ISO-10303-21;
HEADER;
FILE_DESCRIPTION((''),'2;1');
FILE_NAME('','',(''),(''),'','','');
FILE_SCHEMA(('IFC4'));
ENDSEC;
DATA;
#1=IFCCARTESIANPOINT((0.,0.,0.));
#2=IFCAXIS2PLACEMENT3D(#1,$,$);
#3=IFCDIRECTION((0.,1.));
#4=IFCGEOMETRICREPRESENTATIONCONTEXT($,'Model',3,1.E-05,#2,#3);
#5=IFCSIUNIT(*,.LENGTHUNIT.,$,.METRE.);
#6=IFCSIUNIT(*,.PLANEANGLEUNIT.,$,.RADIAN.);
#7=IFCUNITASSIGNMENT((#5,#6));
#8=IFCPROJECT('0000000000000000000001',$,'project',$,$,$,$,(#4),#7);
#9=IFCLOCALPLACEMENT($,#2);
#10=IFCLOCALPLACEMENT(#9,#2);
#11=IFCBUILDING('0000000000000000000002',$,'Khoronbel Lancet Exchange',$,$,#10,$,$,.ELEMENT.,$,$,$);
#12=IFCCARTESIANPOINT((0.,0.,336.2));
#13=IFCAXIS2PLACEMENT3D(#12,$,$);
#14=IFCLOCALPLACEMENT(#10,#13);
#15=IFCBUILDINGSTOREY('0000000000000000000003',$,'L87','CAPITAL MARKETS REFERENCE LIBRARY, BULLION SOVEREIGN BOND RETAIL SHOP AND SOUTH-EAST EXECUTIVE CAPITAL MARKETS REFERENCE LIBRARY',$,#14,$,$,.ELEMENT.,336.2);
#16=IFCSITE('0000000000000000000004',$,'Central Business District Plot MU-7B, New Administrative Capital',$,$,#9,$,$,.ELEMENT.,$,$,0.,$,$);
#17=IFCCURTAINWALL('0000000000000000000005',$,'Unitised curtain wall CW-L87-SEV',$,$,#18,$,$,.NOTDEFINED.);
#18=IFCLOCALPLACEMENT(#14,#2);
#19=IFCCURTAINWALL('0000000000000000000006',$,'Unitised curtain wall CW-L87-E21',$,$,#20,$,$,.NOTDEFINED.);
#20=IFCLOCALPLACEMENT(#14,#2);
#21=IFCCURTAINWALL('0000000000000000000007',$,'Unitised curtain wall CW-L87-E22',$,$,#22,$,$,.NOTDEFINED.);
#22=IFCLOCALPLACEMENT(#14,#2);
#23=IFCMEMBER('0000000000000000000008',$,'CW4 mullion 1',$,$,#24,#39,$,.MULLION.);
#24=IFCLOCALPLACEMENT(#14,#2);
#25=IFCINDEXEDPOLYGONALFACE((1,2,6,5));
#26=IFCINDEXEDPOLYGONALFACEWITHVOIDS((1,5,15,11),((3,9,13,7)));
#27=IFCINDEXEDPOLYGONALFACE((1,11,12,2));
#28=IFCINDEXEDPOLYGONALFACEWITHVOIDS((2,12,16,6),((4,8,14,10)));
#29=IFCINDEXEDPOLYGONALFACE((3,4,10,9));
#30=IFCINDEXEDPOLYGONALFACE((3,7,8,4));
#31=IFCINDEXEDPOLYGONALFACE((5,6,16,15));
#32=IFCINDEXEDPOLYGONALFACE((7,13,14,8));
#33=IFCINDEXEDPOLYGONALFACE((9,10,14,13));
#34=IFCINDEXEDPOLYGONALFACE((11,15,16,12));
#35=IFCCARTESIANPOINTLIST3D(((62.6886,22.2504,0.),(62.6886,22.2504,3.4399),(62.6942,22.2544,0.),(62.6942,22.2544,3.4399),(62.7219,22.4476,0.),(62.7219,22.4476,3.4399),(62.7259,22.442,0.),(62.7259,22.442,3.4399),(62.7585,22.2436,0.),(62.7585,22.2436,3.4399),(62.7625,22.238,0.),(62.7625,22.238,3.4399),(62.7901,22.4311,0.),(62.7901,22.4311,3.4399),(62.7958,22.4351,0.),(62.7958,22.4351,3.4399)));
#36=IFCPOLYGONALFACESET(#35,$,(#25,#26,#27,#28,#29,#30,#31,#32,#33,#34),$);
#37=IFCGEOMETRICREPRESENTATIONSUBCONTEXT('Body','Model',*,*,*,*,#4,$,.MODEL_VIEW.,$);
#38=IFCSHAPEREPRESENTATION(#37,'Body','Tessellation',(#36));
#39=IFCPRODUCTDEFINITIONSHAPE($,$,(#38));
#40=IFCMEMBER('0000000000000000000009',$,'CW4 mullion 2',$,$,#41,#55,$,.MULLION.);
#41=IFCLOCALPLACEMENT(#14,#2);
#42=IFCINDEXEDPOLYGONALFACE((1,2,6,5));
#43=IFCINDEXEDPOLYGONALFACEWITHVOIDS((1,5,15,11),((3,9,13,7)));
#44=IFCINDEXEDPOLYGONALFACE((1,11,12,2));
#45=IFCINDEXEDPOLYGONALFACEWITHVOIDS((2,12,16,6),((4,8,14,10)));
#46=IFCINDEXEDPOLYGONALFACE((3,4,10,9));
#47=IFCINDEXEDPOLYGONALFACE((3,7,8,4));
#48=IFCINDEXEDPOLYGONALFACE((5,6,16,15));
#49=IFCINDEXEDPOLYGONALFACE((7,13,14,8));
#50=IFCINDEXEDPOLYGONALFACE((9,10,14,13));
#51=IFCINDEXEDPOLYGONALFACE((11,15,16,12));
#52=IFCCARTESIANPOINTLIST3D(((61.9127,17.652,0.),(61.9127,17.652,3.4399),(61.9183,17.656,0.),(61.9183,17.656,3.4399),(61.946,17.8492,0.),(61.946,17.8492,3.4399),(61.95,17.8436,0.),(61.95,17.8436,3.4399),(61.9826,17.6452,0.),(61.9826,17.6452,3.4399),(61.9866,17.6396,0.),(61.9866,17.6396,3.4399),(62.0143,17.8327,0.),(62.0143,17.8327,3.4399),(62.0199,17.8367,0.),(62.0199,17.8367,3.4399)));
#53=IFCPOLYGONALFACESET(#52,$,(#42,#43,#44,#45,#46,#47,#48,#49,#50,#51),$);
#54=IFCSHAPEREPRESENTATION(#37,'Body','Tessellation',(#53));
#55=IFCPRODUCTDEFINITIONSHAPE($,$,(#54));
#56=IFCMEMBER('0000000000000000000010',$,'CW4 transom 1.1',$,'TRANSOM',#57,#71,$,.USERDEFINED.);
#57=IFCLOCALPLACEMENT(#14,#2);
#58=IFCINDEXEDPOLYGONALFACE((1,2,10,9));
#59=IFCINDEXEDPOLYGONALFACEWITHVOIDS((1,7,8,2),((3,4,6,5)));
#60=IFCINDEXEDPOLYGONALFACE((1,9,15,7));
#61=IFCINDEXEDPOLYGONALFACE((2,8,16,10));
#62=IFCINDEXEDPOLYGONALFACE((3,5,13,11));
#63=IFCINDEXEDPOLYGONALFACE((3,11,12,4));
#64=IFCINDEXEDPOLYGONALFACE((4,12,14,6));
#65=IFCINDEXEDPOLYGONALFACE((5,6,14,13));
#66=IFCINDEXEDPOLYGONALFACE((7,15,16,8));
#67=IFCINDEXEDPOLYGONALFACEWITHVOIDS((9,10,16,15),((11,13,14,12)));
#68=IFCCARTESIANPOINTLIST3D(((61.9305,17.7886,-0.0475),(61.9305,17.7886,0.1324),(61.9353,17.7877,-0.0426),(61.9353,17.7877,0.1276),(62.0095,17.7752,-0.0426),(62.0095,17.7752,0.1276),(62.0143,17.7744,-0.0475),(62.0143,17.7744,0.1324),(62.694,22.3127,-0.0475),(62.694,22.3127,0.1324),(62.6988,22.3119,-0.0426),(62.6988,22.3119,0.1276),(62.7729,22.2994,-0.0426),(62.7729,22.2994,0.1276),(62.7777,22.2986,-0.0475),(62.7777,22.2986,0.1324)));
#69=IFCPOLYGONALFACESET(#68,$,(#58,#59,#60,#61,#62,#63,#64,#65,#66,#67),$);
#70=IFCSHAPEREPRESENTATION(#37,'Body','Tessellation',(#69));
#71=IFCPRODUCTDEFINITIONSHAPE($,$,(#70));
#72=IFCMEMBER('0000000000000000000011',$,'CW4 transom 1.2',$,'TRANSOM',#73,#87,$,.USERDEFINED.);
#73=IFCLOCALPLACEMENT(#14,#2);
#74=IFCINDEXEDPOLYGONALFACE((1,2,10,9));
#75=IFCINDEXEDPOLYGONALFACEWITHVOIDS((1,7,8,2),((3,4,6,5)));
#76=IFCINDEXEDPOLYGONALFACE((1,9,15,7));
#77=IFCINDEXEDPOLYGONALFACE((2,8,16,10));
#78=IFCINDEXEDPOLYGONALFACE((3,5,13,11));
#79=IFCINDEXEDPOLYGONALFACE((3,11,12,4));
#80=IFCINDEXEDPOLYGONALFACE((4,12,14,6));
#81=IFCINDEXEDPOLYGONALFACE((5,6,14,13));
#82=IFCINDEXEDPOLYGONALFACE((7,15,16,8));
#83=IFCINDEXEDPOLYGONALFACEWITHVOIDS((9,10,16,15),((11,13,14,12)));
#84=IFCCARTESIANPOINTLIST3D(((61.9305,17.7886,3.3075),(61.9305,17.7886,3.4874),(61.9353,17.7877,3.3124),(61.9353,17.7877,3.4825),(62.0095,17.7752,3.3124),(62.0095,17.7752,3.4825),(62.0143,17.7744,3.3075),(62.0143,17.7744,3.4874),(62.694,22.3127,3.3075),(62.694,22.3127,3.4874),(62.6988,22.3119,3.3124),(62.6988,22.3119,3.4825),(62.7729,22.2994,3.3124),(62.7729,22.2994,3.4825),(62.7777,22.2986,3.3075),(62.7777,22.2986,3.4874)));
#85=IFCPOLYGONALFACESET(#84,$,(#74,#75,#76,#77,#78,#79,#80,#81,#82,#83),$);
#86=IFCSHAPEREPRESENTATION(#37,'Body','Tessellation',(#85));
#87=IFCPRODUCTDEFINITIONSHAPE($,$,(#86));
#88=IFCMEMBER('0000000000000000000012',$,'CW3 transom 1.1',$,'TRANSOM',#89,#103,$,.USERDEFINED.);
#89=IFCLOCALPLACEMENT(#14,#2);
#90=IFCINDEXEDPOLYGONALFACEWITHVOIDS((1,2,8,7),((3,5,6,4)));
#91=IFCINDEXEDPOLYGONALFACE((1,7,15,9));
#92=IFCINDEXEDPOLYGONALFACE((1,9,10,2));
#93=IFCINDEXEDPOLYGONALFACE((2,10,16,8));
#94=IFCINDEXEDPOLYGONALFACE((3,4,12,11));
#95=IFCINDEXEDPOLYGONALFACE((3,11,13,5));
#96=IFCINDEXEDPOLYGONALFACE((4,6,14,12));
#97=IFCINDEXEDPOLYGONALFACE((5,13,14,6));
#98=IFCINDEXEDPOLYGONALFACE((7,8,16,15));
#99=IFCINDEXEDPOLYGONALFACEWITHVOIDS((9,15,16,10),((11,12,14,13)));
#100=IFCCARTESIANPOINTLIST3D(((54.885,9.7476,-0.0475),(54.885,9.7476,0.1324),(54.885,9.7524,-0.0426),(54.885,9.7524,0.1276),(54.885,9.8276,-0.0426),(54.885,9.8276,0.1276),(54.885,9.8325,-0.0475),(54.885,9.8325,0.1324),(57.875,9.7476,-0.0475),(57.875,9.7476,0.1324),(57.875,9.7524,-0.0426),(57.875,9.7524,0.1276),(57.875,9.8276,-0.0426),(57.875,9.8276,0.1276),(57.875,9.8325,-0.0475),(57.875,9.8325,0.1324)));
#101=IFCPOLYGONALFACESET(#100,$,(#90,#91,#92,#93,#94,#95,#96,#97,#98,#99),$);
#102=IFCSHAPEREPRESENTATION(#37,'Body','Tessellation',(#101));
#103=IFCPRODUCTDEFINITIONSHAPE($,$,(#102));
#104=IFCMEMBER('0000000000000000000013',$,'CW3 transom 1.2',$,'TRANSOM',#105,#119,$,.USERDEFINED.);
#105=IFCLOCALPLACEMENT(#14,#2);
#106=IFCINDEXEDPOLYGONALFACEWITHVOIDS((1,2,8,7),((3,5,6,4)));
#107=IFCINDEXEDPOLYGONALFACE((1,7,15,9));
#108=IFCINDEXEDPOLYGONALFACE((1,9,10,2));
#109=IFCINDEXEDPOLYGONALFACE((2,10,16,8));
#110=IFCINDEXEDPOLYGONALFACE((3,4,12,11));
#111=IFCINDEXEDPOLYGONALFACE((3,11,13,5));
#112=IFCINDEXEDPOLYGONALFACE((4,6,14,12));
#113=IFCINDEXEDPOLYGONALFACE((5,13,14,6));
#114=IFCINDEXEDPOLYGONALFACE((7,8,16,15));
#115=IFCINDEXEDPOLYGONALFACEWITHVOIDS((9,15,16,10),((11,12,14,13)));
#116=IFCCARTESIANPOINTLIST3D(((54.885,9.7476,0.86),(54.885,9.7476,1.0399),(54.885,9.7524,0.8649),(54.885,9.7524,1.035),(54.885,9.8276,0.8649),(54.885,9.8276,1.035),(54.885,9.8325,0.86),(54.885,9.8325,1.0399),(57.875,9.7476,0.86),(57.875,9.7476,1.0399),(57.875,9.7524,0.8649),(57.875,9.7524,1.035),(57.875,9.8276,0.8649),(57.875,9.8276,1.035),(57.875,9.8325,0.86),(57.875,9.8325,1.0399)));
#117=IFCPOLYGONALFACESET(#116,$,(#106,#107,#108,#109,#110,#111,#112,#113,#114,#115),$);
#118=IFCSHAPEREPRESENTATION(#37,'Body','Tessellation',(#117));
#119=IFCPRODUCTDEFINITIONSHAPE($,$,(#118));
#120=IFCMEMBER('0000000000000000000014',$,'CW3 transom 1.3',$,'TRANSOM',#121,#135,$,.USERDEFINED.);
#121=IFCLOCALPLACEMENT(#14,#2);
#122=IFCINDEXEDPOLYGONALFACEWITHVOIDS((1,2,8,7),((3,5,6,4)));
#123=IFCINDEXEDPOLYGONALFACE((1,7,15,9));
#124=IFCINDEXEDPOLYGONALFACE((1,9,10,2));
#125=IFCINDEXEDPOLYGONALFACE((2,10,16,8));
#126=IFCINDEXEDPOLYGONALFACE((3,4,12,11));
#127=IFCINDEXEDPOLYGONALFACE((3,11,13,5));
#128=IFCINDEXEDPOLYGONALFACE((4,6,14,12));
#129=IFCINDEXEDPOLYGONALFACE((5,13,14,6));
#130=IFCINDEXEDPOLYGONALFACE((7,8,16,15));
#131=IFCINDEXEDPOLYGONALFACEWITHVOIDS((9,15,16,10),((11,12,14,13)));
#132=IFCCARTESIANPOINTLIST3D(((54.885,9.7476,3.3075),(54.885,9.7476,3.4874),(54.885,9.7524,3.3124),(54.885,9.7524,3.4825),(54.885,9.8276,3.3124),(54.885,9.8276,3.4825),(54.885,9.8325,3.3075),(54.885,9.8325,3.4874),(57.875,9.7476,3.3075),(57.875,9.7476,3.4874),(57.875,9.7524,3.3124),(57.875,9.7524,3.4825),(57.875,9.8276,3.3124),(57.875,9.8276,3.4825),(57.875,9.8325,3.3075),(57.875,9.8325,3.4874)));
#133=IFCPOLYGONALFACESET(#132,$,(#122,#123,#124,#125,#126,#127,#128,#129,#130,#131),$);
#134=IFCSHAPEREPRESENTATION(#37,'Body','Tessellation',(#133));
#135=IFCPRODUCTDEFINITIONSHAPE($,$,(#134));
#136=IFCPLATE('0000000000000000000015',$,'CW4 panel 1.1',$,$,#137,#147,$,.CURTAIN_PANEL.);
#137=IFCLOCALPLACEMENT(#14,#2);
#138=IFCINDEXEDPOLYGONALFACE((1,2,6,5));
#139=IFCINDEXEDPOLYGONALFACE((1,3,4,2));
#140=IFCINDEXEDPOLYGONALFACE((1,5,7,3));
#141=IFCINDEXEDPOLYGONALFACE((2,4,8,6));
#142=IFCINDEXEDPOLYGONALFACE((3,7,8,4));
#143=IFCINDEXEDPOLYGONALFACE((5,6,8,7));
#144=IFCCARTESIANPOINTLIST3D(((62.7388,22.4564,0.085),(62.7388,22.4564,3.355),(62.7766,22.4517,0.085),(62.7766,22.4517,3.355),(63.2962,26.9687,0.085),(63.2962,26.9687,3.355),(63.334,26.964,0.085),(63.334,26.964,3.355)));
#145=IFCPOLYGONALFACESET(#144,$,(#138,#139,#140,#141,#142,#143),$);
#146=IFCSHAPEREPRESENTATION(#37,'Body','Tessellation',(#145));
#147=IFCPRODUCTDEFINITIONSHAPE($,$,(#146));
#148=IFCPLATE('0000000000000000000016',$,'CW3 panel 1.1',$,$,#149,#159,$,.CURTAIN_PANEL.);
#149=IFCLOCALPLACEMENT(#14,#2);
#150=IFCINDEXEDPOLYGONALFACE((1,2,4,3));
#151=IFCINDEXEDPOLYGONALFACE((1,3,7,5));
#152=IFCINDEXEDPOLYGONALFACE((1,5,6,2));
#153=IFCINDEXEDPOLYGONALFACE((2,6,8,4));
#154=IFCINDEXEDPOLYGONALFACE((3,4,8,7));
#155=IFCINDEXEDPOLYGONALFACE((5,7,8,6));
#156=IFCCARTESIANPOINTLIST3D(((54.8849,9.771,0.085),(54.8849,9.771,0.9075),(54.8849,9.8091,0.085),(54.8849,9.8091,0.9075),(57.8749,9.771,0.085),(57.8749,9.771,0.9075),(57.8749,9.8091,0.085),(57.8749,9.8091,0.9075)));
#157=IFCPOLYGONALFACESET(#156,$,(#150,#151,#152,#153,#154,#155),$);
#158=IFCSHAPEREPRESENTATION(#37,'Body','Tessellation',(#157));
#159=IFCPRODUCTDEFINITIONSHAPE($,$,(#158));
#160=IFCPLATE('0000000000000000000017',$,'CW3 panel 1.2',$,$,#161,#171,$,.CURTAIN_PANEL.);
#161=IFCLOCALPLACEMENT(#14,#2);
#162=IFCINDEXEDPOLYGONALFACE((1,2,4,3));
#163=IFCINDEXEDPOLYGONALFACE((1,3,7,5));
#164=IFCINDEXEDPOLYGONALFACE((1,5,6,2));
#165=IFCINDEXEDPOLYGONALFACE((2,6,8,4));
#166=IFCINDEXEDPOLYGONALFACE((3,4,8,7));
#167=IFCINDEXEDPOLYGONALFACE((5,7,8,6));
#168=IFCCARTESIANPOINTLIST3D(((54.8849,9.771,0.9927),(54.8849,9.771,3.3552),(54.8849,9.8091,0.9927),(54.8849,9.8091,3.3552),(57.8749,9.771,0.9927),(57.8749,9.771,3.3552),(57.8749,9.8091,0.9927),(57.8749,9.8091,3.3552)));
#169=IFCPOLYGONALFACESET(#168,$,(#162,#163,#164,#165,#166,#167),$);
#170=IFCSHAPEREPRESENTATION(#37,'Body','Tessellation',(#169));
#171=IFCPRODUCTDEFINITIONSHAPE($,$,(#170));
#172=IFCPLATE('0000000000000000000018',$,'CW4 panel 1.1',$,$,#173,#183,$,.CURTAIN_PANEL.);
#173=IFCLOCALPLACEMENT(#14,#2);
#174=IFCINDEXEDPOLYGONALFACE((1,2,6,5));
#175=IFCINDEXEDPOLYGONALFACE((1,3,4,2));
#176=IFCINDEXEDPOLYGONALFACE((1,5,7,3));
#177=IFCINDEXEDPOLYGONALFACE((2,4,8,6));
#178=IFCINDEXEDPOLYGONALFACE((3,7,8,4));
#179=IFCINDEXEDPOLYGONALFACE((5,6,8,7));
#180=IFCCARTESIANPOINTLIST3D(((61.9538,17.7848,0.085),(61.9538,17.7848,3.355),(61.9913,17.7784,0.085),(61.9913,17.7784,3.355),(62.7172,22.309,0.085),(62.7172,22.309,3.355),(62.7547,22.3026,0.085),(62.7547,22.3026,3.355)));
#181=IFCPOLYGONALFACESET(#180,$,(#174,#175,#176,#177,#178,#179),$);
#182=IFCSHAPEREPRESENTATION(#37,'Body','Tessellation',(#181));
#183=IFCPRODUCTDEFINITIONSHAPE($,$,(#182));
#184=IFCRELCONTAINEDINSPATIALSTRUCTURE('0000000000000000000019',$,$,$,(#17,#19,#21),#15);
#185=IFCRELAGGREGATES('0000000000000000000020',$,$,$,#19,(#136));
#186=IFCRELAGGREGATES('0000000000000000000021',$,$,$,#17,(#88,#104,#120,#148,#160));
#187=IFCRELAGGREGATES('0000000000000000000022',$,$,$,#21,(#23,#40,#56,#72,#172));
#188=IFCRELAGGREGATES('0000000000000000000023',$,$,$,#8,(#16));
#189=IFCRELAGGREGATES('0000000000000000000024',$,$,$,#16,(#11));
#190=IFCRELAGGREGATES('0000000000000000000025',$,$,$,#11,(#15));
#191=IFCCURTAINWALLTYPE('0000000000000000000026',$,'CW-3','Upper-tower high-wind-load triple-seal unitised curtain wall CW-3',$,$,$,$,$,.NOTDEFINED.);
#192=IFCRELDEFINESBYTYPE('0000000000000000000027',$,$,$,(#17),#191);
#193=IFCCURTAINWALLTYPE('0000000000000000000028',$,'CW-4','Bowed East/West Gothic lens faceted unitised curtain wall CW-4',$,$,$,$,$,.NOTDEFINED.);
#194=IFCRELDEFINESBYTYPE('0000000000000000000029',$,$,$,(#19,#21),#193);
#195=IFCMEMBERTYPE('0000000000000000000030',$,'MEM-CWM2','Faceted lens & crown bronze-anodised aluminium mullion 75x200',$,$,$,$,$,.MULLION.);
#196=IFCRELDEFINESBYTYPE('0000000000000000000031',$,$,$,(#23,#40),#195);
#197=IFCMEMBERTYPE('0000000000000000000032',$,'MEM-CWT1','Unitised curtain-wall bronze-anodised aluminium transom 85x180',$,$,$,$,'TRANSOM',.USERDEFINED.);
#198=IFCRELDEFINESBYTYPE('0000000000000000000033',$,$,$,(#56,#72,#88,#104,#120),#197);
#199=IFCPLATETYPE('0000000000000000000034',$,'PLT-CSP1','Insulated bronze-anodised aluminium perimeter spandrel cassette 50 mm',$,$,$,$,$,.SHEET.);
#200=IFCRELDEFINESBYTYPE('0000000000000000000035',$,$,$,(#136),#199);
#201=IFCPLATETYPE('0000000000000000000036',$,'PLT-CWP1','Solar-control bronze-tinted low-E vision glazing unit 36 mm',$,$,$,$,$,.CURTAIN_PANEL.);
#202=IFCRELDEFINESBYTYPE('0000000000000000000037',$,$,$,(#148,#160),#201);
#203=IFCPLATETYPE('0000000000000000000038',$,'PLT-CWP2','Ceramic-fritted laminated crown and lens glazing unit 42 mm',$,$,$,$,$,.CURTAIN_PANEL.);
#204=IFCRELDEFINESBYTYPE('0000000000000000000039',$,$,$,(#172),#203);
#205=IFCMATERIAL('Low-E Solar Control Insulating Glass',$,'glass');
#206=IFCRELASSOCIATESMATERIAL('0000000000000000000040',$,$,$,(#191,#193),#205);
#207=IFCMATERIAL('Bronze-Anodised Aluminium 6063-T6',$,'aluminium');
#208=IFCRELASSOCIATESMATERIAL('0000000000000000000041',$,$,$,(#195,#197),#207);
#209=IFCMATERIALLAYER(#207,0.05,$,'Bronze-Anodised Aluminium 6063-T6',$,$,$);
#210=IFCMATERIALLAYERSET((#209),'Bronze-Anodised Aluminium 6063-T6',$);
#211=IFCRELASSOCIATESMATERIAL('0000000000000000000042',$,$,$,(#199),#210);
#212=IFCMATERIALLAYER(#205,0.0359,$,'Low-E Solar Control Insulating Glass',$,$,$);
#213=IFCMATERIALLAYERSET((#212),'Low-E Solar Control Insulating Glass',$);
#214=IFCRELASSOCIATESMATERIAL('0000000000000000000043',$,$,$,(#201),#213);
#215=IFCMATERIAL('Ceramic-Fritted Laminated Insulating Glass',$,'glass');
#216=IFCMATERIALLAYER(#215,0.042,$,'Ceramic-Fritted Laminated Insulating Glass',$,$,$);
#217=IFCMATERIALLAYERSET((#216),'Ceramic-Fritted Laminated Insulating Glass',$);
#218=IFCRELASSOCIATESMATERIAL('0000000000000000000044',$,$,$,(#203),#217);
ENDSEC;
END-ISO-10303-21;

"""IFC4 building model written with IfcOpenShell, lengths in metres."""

from ifc_helpers import new_model, si_unit, direction, frame, origin, origin_2d, place, context, subcontext, project, spatial, rectangle, hollow_rectangle, extrude, material, layer, layer_set, material_profile, profile_set, type_object, element, aggregate, save


model = new_model("IFC4")

# Units and contexts
model_context = context("Model", 3, precision=1e-05, world=origin(), true_north=direction((0.0, 1.0)))
body_context = subcontext(model_context, "Body", "Model", "MODEL_VIEW")
ifc_project = project(units=[si_unit("LENGTHUNIT", "METRE"), si_unit("PLANEANGLEUNIT", "RADIAN")], contexts=[model_context])

# Site, building, storey
site_placement = place(None, origin())
site = spatial("IfcSite", under=ifc_project, at=site_placement, Name="Central Business District Plot MU-7B, New Administrative Capital", CompositionType="ELEMENT", RefElevation=0.0)
building_placement = place(site_placement, origin())
building = spatial("IfcBuilding", under=site, at=building_placement, Name="Khoronbel Lancet Exchange", CompositionType="ELEMENT")
storey_placement = place(building_placement, frame((0.0, 0.0, 336.2)))
storey = spatial("IfcBuildingStorey", under=building, at=storey_placement, Name="L87", Description="CAPITAL MARKETS REFERENCE LIBRARY, BULLION SOVEREIGN BOND RETAIL SHOP AND SOUTH-EAST EXECUTIVE CAPITAL MARKETS REFERENCE LIBRARY", CompositionType="ELEMENT", Elevation=336.2)

# Shared definitions
ifc_material_1 = material(Name="Low-E Solar Control Insulating Glass", Category="glass")
curtain_wall_type_1 = type_object("IfcCurtainWallType", Name="CW-3", Description="Upper-tower high-wind-load triple-seal unitised curtain wall CW-3", PredefinedType="NOTDEFINED", material=ifc_material_1)
ifc_material_2 = material(Name="Bronze-Anodised Aluminium 6063-T6", Category="aluminium")

# Curtain wall
curtain_wall_1_placement = place(storey_placement, origin())
curtain_wall_1 = element("IfcCurtainWall", 1, at=curtain_wall_1_placement, inside=storey, type_object=curtain_wall_type_1, Name="Unitised curtain wall CW-L87-SEV", PredefinedType="NOTDEFINED")

# Curtain wall
curtain_wall_type_2 = type_object("IfcCurtainWallType", Name="CW-4", Description="Bowed East/West Gothic lens faceted unitised curtain wall CW-4", PredefinedType="NOTDEFINED", material=ifc_material_1)
curtain_wall_2_placement = place(storey_placement, origin())
curtain_wall_2 = element("IfcCurtainWall", 2, at=curtain_wall_2_placement, inside=storey, type_object=curtain_wall_type_2, Name="Unitised curtain wall CW-L87-E21", PredefinedType="NOTDEFINED")
ifc_material_profile_1 = material_profile(ifc_material_2, hollow_rectangle(XDim=0.075, YDim=0.2, WallThickness=0.0049, at=origin_2d()), Name="ALU MULLION 75x200")
ifc_profile_set_1 = profile_set([ifc_material_profile_1], Name="Bronze-Anodised Aluminium 6063-T6")
member_type_1 = type_object("IfcMemberType", Name="MEM-CWM2", Description="Faceted lens & crown bronze-anodised aluminium mullion 75x200", PredefinedType="MULLION", material=ifc_profile_set_1)

# Curtain wall, members
curtain_wall_3_placement = place(storey_placement, origin())
curtain_wall_3 = element("IfcCurtainWall", 3, at=curtain_wall_3_placement, inside=storey, type_object=curtain_wall_type_2, Name="Unitised curtain wall CW-L87-E22", PredefinedType="NOTDEFINED")
member_1_placement = place(storey_placement, frame((62.7422, 22.3428, 0.0), z_axis=(0.0, 0.0, 1.0), x_axis=(0.98606, -0.16639, 0.0)))
member_1 = element("IfcMember", 4, at=member_1_placement, type_object=member_type_1, Name="CW4 mullion 1", PredefinedType="MULLION", context=body_context, shape_type="SweptSolid", body=[
    extrude(hollow_rectangle(XDim=0.075, YDim=0.2, WallThickness=0.0049, at=origin_2d()), origin(), (0.0, 0.0, 1.0), 3.4399),
])
member_2_placement = place(storey_placement, frame((61.9663, 17.7444, 0.0), z_axis=(0.0, 0.0, 1.0), x_axis=(0.98606, -0.16639, 0.0)))
member_2 = element("IfcMember", 5, at=member_2_placement, type_object=member_type_1, Name="CW4 mullion 2", PredefinedType="MULLION", context=body_context, shape_type="SweptSolid", body=[
    extrude(hollow_rectangle(XDim=0.075, YDim=0.2, WallThickness=0.0049, at=origin_2d()), origin(), (0.0, 0.0, 1.0), 3.4399),
])
ifc_material_profile_2 = material_profile(ifc_material_2, hollow_rectangle(XDim=0.085, YDim=0.1799, WallThickness=0.0049, at=origin_2d()), Name="ALU TRANSOM 85x180")
ifc_profile_set_2 = profile_set([ifc_material_profile_2], Name="Bronze-Anodised Aluminium 6063-T6")
member_type_2 = type_object("IfcMemberType", Name="MEM-CWT1", Description="Unitised curtain-wall bronze-anodised aluminium transom 85x180", ElementType="TRANSOM", PredefinedType="USERDEFINED", material=ifc_profile_set_2)
member_3_placement = place(storey_placement, frame((62.7358, 22.3057, 0.0425), z_axis=(-0.166392, -0.98606, 0.0), x_axis=(0.98606, -0.166392, 0.0)))
member_3 = element("IfcMember", 6, at=member_3_placement, type_object=member_type_2, Name="CW4 transom 1.1", ObjectType="TRANSOM", PredefinedType="USERDEFINED", context=body_context, shape_type="SweptSolid", body=[
    extrude(hollow_rectangle(XDim=0.085, YDim=0.1799, WallThickness=0.0049, at=origin_2d()), origin(), (0.0, 0.0, 1.0), 4.5881),
])
member_4_placement = place(storey_placement, frame((62.7358, 22.3057, 3.3975), z_axis=(-0.166392, -0.98606, 0.0), x_axis=(0.98606, -0.166392, 0.0)))
member_4 = element("IfcMember", 7, at=member_4_placement, type_object=member_type_2, Name="CW4 transom 1.2", ObjectType="TRANSOM", PredefinedType="USERDEFINED", context=body_context, shape_type="SweptSolid", body=[
    extrude(hollow_rectangle(XDim=0.085, YDim=0.1799, WallThickness=0.0049, at=origin_2d()), origin(), (0.0, 0.0, 1.0), 4.5881),
])

# Members
member_5_placement = place(storey_placement, frame((54.885, 9.79, 0.0425), z_axis=(1.0, 0.0, 0.0), x_axis=(0.0, 1.0, 0.0)))
member_5 = element("IfcMember", 8, at=member_5_placement, type_object=member_type_2, Name="CW3 transom 1.1", ObjectType="TRANSOM", PredefinedType="USERDEFINED", context=body_context, shape_type="SweptSolid", body=[
    extrude(hollow_rectangle(XDim=0.085, YDim=0.1799, WallThickness=0.0049, at=origin_2d()), origin(), (0.0, 0.0, 1.0), 2.99),
])
member_6_placement = place(storey_placement, frame((54.885, 9.79, 0.95), z_axis=(1.0, 0.0, 0.0), x_axis=(0.0, 1.0, 0.0)))
member_6 = element("IfcMember", 9, at=member_6_placement, type_object=member_type_2, Name="CW3 transom 1.2", ObjectType="TRANSOM", PredefinedType="USERDEFINED", context=body_context, shape_type="SweptSolid", body=[
    extrude(hollow_rectangle(XDim=0.085, YDim=0.1799, WallThickness=0.0049, at=origin_2d()), origin(), (0.0, 0.0, 1.0), 2.99),
])
member_7_placement = place(storey_placement, frame((54.885, 9.79, 3.3975), z_axis=(1.0, 0.0, 0.0), x_axis=(0.0, 1.0, 0.0)))
member_7 = element("IfcMember", 10, at=member_7_placement, type_object=member_type_2, Name="CW3 transom 1.3", ObjectType="TRANSOM", PredefinedType="USERDEFINED", context=body_context, shape_type="SweptSolid", body=[
    extrude(hollow_rectangle(XDim=0.085, YDim=0.1799, WallThickness=0.0049, at=origin_2d()), origin(), (0.0, 0.0, 1.0), 2.99),
])

# Plates
ifc_layer_1 = layer(ifc_material_2, 0.05, Name="Bronze-Anodised Aluminium 6063-T6")
ifc_layer_set_1 = layer_set([ifc_layer_1], Name="Bronze-Anodised Aluminium 6063-T6")
plate_type_1 = type_object("IfcPlateType", Name="PLT-CSP1", Description="Insulated bronze-anodised aluminium perimeter spandrel cassette 50 mm", PredefinedType="SHEET", material=ifc_layer_set_1)
plate_1_placement = place(storey_placement, frame((63.0364, 24.7102, 0.085), z_axis=(0.0, 0.0, 1.0), x_axis=(-0.122599, -0.992456, 0.0)))
plate_1 = element("IfcPlate", 11, at=plate_1_placement, type_object=plate_type_1, Name="CW4 panel 1.1", PredefinedType="CURTAIN_PANEL", context=body_context, shape_type="SweptSolid", body=[
    extrude(rectangle(XDim=4.5466, YDim=0.0381, at=origin_2d()), origin(), (0.0, 0.0, 1.0), 3.27),
])
aggregate(curtain_wall_2, [plate_1])
ifc_layer_2 = layer(ifc_material_1, 0.0359, Name="Low-E Solar Control Insulating Glass")
ifc_layer_set_2 = layer_set([ifc_layer_2], Name="Low-E Solar Control Insulating Glass")
plate_type_2 = type_object("IfcPlateType", Name="PLT-CWP1", Description="Solar-control bronze-tinted low-E vision glazing unit 36 mm", PredefinedType="CURTAIN_PANEL", material=ifc_layer_set_2)
plate_2_placement = place(storey_placement, frame((56.3799, 9.79, 0.085), z_axis=(0.0, 0.0, 1.0), x_axis=(1.0, 0.0, 0.0)))
plate_2 = element("IfcPlate", 12, at=plate_2_placement, type_object=plate_type_2, Name="CW3 panel 1.1", PredefinedType="CURTAIN_PANEL", context=body_context, shape_type="SweptSolid", body=[
    extrude(rectangle(XDim=2.99, YDim=0.0381, at=origin_2d()), origin(), (0.0, 0.0, 1.0), 0.8225),
])
plate_3_placement = place(storey_placement, frame((56.3799, 9.79, 0.9927), z_axis=(0.0, 0.0, 1.0), x_axis=(1.0, 0.0, 0.0)))
plate_3 = element("IfcPlate", 13, at=plate_3_placement, type_object=plate_type_2, Name="CW3 panel 1.2", PredefinedType="CURTAIN_PANEL", context=body_context, shape_type="SweptSolid", body=[
    extrude(rectangle(XDim=2.99, YDim=0.0381, at=origin_2d()), origin(), (0.0, 0.0, 1.0), 2.3625),
])
aggregate(curtain_wall_1, [member_5, member_6, member_7, plate_2, plate_3])
ifc_material_3 = material(Name="Ceramic-Fritted Laminated Insulating Glass", Category="glass")
ifc_layer_3 = layer(ifc_material_3, 0.042, Name="Ceramic-Fritted Laminated Insulating Glass")
ifc_layer_set_3 = layer_set([ifc_layer_3], Name="Ceramic-Fritted Laminated Insulating Glass")
plate_type_3 = type_object("IfcPlateType", Name="PLT-CWP2", Description="Ceramic-fritted laminated crown and lens glazing unit 42 mm", PredefinedType="CURTAIN_PANEL", material=ifc_layer_set_3)
plate_4_placement = place(storey_placement, frame((62.3542, 20.0437, 0.085), z_axis=(0.0, 0.0, 1.0), x_axis=(-0.16639, -0.98606, 0.0)))
plate_4 = element("IfcPlate", 14, at=plate_4_placement, type_object=plate_type_3, Name="CW4 panel 1.1", PredefinedType="CURTAIN_PANEL", context=body_context, shape_type="SweptSolid", body=[
    extrude(rectangle(XDim=4.5881, YDim=0.0381, at=origin_2d()), origin(), (0.0, 0.0, 1.0), 3.27),
])
aggregate(curtain_wall_3, [member_1, member_2, member_3, member_4, plate_4])

save(model, "model.ifc")
